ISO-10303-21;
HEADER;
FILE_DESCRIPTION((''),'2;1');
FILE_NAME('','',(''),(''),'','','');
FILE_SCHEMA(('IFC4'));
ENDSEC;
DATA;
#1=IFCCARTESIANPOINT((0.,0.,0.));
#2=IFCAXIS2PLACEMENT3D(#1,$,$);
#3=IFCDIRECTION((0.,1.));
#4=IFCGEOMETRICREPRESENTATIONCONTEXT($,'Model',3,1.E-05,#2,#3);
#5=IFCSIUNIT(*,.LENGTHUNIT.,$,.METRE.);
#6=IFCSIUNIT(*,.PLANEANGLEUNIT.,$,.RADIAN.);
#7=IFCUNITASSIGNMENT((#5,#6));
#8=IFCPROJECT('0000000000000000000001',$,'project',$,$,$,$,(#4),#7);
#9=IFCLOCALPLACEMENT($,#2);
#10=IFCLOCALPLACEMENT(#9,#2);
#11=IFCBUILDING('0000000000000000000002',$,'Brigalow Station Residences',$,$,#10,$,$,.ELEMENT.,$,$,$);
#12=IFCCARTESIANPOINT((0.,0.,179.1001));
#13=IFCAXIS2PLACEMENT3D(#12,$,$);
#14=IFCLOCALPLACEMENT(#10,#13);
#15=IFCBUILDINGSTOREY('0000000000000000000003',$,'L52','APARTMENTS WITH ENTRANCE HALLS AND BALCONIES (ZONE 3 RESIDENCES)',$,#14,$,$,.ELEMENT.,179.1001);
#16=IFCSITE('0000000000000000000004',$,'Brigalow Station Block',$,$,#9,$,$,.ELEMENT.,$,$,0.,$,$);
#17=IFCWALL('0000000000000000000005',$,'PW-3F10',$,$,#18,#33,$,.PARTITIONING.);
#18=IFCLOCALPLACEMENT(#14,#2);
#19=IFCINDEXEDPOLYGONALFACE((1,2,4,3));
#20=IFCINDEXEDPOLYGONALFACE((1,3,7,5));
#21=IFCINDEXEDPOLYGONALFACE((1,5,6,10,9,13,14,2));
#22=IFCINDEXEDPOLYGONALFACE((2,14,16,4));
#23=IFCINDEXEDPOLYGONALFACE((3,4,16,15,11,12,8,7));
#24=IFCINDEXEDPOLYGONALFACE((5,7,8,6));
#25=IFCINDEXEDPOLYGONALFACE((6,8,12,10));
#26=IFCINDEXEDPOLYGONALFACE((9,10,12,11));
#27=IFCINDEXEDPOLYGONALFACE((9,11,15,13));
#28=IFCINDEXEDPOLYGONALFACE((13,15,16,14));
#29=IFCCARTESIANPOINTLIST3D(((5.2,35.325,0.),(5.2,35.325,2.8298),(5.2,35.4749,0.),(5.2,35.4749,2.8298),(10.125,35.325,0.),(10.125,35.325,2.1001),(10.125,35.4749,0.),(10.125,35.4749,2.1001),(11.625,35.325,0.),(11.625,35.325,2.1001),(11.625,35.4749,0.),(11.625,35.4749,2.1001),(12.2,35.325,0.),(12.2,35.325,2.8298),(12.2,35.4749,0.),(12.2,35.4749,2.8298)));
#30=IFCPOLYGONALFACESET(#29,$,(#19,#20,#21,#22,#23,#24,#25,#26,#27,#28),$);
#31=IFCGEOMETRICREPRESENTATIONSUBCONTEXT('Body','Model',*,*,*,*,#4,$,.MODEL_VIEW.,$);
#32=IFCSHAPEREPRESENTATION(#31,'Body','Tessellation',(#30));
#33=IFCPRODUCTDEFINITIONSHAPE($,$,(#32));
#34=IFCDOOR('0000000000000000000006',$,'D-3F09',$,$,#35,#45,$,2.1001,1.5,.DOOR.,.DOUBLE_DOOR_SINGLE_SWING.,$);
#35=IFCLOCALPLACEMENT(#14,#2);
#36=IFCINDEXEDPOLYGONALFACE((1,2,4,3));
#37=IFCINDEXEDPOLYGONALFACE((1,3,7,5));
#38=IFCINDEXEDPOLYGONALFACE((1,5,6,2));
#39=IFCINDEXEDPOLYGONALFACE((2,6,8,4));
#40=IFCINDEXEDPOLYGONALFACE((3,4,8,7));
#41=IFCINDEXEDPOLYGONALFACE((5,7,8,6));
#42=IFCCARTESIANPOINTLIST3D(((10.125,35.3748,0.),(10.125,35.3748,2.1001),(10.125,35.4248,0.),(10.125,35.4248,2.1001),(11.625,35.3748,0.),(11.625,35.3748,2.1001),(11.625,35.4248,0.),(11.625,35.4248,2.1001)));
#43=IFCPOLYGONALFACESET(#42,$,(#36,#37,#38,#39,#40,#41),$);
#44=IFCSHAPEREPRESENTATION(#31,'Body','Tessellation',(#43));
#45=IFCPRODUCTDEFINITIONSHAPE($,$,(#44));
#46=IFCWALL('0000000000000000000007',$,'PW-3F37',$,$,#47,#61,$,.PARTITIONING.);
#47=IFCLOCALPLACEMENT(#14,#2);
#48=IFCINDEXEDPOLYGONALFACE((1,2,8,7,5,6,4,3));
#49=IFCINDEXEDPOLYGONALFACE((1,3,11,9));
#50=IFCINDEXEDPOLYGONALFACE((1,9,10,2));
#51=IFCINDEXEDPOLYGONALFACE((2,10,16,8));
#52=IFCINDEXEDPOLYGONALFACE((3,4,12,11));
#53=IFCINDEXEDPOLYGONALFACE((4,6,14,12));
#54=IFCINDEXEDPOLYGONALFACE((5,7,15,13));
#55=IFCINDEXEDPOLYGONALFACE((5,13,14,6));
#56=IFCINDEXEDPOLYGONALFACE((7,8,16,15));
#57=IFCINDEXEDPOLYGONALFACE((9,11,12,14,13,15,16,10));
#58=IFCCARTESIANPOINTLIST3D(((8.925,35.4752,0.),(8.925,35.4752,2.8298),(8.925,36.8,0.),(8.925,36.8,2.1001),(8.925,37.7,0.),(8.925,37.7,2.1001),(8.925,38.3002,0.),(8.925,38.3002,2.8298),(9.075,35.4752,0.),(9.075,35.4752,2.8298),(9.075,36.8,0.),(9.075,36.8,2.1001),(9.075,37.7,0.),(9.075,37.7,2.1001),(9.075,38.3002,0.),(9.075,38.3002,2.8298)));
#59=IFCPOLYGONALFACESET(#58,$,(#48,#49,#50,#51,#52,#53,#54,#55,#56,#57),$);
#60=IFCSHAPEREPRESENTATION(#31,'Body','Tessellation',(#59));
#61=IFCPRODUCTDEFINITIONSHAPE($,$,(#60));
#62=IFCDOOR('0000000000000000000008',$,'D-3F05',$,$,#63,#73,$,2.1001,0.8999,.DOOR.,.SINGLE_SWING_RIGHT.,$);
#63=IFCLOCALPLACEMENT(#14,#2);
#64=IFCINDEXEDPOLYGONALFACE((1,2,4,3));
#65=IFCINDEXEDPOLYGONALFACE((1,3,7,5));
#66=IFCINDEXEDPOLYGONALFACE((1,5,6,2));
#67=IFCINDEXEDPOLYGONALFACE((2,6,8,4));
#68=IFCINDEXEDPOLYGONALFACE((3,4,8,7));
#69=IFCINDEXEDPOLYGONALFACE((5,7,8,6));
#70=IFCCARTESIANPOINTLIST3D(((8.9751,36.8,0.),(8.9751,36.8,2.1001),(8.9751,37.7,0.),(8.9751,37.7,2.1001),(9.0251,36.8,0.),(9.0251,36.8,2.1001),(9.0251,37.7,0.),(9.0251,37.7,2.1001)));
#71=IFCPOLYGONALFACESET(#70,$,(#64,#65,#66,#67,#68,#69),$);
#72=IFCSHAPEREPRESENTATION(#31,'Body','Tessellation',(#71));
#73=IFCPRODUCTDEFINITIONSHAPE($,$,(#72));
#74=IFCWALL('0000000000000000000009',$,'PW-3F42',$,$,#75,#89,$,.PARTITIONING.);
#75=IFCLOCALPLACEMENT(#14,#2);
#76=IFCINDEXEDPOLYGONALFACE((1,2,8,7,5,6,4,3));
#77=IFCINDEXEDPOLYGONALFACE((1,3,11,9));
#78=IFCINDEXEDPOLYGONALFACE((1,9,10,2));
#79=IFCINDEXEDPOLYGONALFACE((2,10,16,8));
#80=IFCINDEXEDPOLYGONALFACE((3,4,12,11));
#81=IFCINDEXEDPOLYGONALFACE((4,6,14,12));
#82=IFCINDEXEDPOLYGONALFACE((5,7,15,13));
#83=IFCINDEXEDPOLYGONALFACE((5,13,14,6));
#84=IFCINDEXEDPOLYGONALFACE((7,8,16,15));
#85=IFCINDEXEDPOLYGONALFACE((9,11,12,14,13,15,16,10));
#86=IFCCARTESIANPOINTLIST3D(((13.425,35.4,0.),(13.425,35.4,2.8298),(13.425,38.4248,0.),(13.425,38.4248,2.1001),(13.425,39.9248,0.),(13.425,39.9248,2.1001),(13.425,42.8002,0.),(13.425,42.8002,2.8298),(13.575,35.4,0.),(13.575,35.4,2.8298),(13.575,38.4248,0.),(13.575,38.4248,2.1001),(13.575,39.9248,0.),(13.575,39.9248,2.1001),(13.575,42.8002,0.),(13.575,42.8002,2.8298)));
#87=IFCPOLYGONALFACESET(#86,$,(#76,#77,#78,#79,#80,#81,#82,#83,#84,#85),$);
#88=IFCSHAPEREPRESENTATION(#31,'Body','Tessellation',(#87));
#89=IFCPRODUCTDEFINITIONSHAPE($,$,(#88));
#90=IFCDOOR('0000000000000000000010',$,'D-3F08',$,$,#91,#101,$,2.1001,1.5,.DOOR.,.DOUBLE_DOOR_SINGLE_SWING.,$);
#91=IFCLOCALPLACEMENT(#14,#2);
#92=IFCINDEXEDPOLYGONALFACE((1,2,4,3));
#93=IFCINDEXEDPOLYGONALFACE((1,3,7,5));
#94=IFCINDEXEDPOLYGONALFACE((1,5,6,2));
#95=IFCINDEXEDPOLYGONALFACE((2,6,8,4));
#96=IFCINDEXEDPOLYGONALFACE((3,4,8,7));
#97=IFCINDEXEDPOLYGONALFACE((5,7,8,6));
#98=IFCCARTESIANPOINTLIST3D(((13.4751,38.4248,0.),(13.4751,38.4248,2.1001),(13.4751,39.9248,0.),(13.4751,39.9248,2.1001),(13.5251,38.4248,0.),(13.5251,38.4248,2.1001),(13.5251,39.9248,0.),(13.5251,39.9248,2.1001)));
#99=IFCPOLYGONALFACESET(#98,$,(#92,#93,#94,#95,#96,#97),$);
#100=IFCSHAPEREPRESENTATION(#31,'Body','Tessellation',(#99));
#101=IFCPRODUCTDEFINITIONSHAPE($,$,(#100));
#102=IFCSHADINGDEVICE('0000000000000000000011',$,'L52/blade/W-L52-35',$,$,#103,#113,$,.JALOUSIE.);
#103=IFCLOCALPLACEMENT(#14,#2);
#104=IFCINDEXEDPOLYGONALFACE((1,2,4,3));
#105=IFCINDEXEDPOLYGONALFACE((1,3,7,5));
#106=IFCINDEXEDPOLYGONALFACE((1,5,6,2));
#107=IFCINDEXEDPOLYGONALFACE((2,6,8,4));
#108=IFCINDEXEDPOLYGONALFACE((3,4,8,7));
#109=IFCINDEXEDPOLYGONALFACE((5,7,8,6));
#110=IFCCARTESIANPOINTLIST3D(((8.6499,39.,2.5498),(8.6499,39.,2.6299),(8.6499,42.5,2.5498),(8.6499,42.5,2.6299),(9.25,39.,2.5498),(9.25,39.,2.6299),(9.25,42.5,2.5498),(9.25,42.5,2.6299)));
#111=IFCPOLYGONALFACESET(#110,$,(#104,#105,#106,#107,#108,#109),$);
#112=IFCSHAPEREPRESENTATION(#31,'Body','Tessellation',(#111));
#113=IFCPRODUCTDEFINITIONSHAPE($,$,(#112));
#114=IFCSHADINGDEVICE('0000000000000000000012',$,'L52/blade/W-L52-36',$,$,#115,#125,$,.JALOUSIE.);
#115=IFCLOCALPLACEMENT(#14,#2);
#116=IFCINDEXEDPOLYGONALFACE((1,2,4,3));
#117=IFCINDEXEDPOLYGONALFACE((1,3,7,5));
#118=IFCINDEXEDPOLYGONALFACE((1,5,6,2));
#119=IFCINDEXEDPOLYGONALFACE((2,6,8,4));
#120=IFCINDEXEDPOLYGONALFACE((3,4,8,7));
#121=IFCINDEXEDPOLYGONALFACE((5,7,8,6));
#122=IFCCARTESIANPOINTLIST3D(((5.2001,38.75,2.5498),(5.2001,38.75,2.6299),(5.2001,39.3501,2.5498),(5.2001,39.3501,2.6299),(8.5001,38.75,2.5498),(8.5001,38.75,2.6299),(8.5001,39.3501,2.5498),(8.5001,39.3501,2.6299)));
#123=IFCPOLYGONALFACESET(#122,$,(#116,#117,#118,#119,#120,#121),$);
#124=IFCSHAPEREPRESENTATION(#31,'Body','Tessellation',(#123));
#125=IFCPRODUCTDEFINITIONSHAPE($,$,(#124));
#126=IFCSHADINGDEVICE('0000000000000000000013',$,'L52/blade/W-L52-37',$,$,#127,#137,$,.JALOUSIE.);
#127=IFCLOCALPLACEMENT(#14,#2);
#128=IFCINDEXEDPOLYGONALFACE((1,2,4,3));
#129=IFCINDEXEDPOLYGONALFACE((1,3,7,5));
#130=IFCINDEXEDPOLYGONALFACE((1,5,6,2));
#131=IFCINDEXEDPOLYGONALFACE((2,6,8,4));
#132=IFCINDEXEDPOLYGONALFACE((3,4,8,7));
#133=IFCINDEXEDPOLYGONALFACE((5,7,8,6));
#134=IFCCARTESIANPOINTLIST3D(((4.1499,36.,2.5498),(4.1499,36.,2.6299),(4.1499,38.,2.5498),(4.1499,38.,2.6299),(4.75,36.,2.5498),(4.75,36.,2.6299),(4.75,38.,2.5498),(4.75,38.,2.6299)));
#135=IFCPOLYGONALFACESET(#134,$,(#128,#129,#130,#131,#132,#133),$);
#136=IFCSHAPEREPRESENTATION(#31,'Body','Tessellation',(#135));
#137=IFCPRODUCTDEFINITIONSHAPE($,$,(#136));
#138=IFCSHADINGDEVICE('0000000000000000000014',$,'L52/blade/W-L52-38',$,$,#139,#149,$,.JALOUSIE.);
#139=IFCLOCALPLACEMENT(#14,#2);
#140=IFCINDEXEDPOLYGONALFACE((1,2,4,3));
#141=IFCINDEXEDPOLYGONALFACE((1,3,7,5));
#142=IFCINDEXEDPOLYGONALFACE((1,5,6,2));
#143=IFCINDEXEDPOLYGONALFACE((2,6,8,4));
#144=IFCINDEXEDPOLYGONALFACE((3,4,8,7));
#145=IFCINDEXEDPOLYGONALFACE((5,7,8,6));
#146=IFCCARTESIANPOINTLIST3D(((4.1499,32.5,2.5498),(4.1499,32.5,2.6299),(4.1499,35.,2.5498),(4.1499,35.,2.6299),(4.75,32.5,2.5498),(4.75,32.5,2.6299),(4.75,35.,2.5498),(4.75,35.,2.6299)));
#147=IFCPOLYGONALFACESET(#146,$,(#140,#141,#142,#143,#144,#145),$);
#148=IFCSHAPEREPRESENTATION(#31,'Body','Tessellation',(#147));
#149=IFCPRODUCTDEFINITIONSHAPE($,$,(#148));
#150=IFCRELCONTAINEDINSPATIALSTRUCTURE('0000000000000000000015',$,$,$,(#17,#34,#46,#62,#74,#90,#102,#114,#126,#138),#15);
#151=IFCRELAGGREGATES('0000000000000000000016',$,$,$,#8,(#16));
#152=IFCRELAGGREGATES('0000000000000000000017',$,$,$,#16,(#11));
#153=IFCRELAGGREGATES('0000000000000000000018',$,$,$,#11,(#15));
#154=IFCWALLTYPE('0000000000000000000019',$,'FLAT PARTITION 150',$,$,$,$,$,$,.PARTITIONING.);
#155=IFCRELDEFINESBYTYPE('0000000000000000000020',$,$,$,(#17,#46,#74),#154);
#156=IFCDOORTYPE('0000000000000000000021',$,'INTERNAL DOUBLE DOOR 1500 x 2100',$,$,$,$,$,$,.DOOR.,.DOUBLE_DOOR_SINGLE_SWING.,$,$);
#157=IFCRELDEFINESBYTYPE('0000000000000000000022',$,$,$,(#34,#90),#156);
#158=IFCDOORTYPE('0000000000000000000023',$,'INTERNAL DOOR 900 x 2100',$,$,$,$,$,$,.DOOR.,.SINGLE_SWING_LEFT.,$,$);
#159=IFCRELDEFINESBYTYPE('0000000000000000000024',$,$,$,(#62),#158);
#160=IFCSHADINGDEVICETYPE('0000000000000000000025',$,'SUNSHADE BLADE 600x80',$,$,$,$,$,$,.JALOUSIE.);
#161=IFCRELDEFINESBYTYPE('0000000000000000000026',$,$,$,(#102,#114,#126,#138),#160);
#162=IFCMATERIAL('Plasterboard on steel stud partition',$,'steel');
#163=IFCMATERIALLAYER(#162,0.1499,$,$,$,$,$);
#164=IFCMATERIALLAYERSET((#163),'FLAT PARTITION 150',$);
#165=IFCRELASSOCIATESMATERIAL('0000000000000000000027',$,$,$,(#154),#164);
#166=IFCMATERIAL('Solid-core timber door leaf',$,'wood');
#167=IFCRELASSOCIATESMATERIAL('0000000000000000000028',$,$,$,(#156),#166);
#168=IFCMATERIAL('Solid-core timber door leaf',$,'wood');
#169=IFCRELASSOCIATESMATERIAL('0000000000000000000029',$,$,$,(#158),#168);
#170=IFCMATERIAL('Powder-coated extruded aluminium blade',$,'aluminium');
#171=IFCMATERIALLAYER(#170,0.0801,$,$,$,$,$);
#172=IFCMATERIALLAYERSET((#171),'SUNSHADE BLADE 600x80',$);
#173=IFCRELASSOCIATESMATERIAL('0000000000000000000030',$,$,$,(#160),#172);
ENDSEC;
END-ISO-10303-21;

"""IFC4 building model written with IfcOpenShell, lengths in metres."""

from ifc_helpers import new_model, si_unit, direction, frame, frame_2d, origin, origin_2d, place, context, subcontext, project, spatial, rectangle, extrude, material, layer, layer_set, type_object, element, fill, save


model = new_model("IFC4")

# Units and contexts
model_context = context("Model", 3, precision=1e-05, world=origin(), true_north=direction((0.0, 1.0)))
body_context = subcontext(model_context, "Body", "Model", "MODEL_VIEW")
ifc_project = project(units=[si_unit("LENGTHUNIT", "METRE"), si_unit("PLANEANGLEUNIT", "RADIAN")], contexts=[model_context])

# Site, building, storey
site_placement = place(None, origin())
site = spatial("IfcSite", under=ifc_project, at=site_placement, Name="Brigalow Station Block", CompositionType="ELEMENT", RefElevation=0.0)
building_placement = place(site_placement, origin())
building = spatial("IfcBuilding", under=site, at=building_placement, Name="Brigalow Station Residences", CompositionType="ELEMENT")
storey_placement = place(building_placement, frame((0.0, 0.0, 179.1001)))
storey = spatial("IfcBuildingStorey", under=building, at=storey_placement, Name="L52", Description="APARTMENTS WITH ENTRANCE HALLS AND BALCONIES (ZONE 3 RESIDENCES)", CompositionType="ELEMENT", Elevation=179.1001)

# Walls, openings, doors
ifc_material_1 = material(Name="Plasterboard on steel stud partition", Category="steel")
ifc_layer_1 = layer(ifc_material_1, 0.1499)
ifc_layer_set_1 = layer_set([ifc_layer_1], Name="FLAT PARTITION 150")
wall_type_1 = type_object("IfcWallType", Name="FLAT PARTITION 150", PredefinedType="PARTITIONING", material=ifc_layer_set_1)
wall_1_placement = place(storey_placement, frame((5.2, 35.3999, 0.0), z_axis=(0.0, 0.0, 1.0), x_axis=(1.0, 0.0, 0.0)))
wall_1 = element("IfcWall", 1, at=wall_1_placement, inside=storey, type_object=wall_type_1, Name="PW-3F10", PredefinedType="PARTITIONING", context=body_context, shape_type="SweptSolid", body=[
    extrude(rectangle(XDim=7.0, YDim=0.1499, at=frame_2d((3.5, 0.0))), origin(), (0.0, 0.0, 1.0), 2.8298),
])
opening_1_placement = place(wall_1_placement, frame((4.925, 0.0, 0.0)))
opening_1 = element("IfcOpeningElement", 2, at=opening_1_placement, cuts=wall_1, PredefinedType="OPENING", context=body_context, shape_type="SweptSolid", body=[
    extrude(rectangle(XDim=1.5, YDim=2.1001, at=frame_2d((0.75, 1.05))), frame((0.0, 0.085, 0.0), z_axis=(0.0, -1.0, 0.0), x_axis=(1.0, 0.0, 0.0)), (0.0, 0.0, 1.0), 0.1699),
])
ifc_material_2 = material(Name="Solid-core timber door leaf", Category="wood")
door_type_1 = type_object("IfcDoorType", Name="INTERNAL DOUBLE DOOR 1500 x 2100", OperationType="DOUBLE_DOOR_SINGLE_SWING", PredefinedType="DOOR", material=ifc_material_2)
door_1_placement = place(opening_1_placement, origin())
door_1 = element("IfcDoor", 3, at=door_1_placement, inside=storey, type_object=door_type_1, Name="D-3F09", OperationType="DOUBLE_DOOR_SINGLE_SWING", OverallHeight=2.1001, OverallWidth=1.5, PredefinedType="DOOR", context=body_context, shape_type="SweptSolid", body=[
    extrude(rectangle(XDim=1.5, YDim=2.1001, at=frame_2d((0.75, 1.05))), frame((0.0, 0.0249, 0.0), z_axis=(0.0, -1.0, 0.0), x_axis=(1.0, 0.0, 0.0)), (0.0, 0.0, 1.0), 0.05),
])
fill(opening_1, door_1)
wall_2_placement = place(storey_placement, frame((9.0, 35.4751, 0.0), z_axis=(0.0, 0.0, 1.0), x_axis=(0.0, 1.0, 0.0)))
wall_2 = element("IfcWall", 4, at=wall_2_placement, inside=storey, type_object=wall_type_1, Name="PW-3F37", PredefinedType="PARTITIONING", context=body_context, shape_type="SweptSolid", body=[
    extrude(rectangle(XDim=2.825, YDim=0.1499, at=frame_2d((1.4126, 0.0))), origin(), (0.0, 0.0, 1.0), 2.8298),
])
opening_2_placement = place(wall_2_placement, frame((1.325, 0.0, 0.0)))
opening_2 = element("IfcOpeningElement", 5, at=opening_2_placement, cuts=wall_2, PredefinedType="OPENING", context=body_context, shape_type="SweptSolid", body=[
    extrude(rectangle(XDim=0.8999, YDim=2.1001, at=frame_2d((0.45, 1.05))), frame((0.0, 0.085, 0.0), z_axis=(0.0, -1.0, 0.0), x_axis=(1.0, 0.0, 0.0)), (0.0, 0.0, 1.0), 0.1699),
])
ifc_material_3 = material(Name="Solid-core timber door leaf", Category="wood")
door_type_2 = type_object("IfcDoorType", Name="INTERNAL DOOR 900 x 2100", OperationType="SINGLE_SWING_LEFT", PredefinedType="DOOR", material=ifc_material_3)
door_2_placement = place(opening_2_placement, origin())
door_2 = element("IfcDoor", 6, at=door_2_placement, inside=storey, type_object=door_type_2, Name="D-3F05", OperationType="SINGLE_SWING_RIGHT", OverallHeight=2.1001, OverallWidth=0.8999, PredefinedType="DOOR", context=body_context, shape_type="SweptSolid", body=[
    extrude(rectangle(XDim=0.8999, YDim=2.1001, at=frame_2d((0.45, 1.05))), frame((0.0, 0.0249, 0.0), z_axis=(0.0, -1.0, 0.0), x_axis=(1.0, 0.0, 0.0)), (0.0, 0.0, 1.0), 0.05),
])
fill(opening_2, door_2)
wall_3_placement = place(storey_placement, frame((13.5, 35.3999, 0.0), z_axis=(0.0, 0.0, 1.0), x_axis=(0.0, 1.0, 0.0)))
wall_3 = element("IfcWall", 7, at=wall_3_placement, inside=storey, type_object=wall_type_1, Name="PW-3F42", PredefinedType="PARTITIONING", context=body_context, shape_type="SweptSolid", body=[
    extrude(rectangle(XDim=7.4001, YDim=0.1499, at=frame_2d((3.7002, 0.0))), origin(), (0.0, 0.0, 1.0), 2.8298),
])
opening_3_placement = place(wall_3_placement, frame((3.0249, 0.0, 0.0)))
opening_3 = element("IfcOpeningElement", 8, at=opening_3_placement, cuts=wall_3, PredefinedType="OPENING", context=body_context, shape_type="SweptSolid", body=[
    extrude(rectangle(XDim=1.5, YDim=2.1001, at=frame_2d((0.75, 1.05))), frame((0.0, 0.085, 0.0), z_axis=(0.0, -1.0, 0.0), x_axis=(1.0, 0.0, 0.0)), (0.0, 0.0, 1.0), 0.1699),
])
door_3_placement = place(opening_3_placement, origin())
door_3 = element("IfcDoor", 9, at=door_3_placement, inside=storey, type_object=door_type_1, Name="D-3F08", OperationType="DOUBLE_DOOR_SINGLE_SWING", OverallHeight=2.1001, OverallWidth=1.5, PredefinedType="DOOR", context=body_context, shape_type="SweptSolid", body=[
    extrude(rectangle(XDim=1.5, YDim=2.1001, at=frame_2d((0.75, 1.05))), frame((0.0, 0.0249, 0.0), z_axis=(0.0, -1.0, 0.0), x_axis=(1.0, 0.0, 0.0)), (0.0, 0.0, 1.0), 0.05),
])
fill(opening_3, door_3)

# Shading devices
ifc_material_4 = material(Name="Powder-coated extruded aluminium blade", Category="aluminium")
ifc_layer_2 = layer(ifc_material_4, 0.0801)
ifc_layer_set_2 = layer_set([ifc_layer_2], Name="SUNSHADE BLADE 600x80")
shading_device_type = type_object("IfcShadingDeviceType", Name="SUNSHADE BLADE 600x80", PredefinedType="JALOUSIE", material=ifc_layer_set_2)
shading_device_1_placement = place(storey_placement, frame((8.95, 40.75, 2.5498), z_axis=(0.0, 0.0, 1.0), x_axis=(0.0, -1.0, 0.0)))
element("IfcShadingDevice", 10, at=shading_device_1_placement, inside=storey, type_object=shading_device_type, Name="L52/blade/W-L52-35", PredefinedType="JALOUSIE", context=body_context, shape_type="SweptSolid", body=[
    extrude(rectangle(XDim=3.5, YDim=0.6001, at=origin_2d()), origin(), (0.0, 0.0, 1.0), 0.0801),
])
shading_device_2_placement = place(storey_placement, frame((6.8501, 39.05, 2.5498), z_axis=(0.0, 0.0, 1.0), x_axis=(-1.0, 0.0, 0.0)))
element("IfcShadingDevice", 11, at=shading_device_2_placement, inside=storey, type_object=shading_device_type, Name="L52/blade/W-L52-36", PredefinedType="JALOUSIE", context=body_context, shape_type="SweptSolid", body=[
    extrude(rectangle(XDim=3.3, YDim=0.6001, at=origin_2d()), origin(), (0.0, 0.0, 1.0), 0.0801),
])
shading_device_3_placement = place(storey_placement, frame((4.45, 37.0, 2.5498), z_axis=(0.0, 0.0, 1.0), x_axis=(0.0, -1.0, 0.0)))
element("IfcShadingDevice", 12, at=shading_device_3_placement, inside=storey, type_object=shading_device_type, Name="L52/blade/W-L52-37", PredefinedType="JALOUSIE", context=body_context, shape_type="SweptSolid", body=[
    extrude(rectangle(XDim=2.0, YDim=0.6001, at=origin_2d()), origin(), (0.0, 0.0, 1.0), 0.0801),
])
shading_device_4_placement = place(storey_placement, frame((4.45, 33.75, 2.5498), z_axis=(0.0, 0.0, 1.0), x_axis=(0.0, -1.0, 0.0)))
element("IfcShadingDevice", 13, at=shading_device_4_placement, inside=storey, type_object=shading_device_type, Name="L52/blade/W-L52-38", PredefinedType="JALOUSIE", context=body_context, shape_type="SweptSolid", body=[
    extrude(rectangle(XDim=2.5, YDim=0.6001, at=origin_2d()), origin(), (0.0, 0.0, 1.0), 0.0801),
])

save(model, "model.ifc")
